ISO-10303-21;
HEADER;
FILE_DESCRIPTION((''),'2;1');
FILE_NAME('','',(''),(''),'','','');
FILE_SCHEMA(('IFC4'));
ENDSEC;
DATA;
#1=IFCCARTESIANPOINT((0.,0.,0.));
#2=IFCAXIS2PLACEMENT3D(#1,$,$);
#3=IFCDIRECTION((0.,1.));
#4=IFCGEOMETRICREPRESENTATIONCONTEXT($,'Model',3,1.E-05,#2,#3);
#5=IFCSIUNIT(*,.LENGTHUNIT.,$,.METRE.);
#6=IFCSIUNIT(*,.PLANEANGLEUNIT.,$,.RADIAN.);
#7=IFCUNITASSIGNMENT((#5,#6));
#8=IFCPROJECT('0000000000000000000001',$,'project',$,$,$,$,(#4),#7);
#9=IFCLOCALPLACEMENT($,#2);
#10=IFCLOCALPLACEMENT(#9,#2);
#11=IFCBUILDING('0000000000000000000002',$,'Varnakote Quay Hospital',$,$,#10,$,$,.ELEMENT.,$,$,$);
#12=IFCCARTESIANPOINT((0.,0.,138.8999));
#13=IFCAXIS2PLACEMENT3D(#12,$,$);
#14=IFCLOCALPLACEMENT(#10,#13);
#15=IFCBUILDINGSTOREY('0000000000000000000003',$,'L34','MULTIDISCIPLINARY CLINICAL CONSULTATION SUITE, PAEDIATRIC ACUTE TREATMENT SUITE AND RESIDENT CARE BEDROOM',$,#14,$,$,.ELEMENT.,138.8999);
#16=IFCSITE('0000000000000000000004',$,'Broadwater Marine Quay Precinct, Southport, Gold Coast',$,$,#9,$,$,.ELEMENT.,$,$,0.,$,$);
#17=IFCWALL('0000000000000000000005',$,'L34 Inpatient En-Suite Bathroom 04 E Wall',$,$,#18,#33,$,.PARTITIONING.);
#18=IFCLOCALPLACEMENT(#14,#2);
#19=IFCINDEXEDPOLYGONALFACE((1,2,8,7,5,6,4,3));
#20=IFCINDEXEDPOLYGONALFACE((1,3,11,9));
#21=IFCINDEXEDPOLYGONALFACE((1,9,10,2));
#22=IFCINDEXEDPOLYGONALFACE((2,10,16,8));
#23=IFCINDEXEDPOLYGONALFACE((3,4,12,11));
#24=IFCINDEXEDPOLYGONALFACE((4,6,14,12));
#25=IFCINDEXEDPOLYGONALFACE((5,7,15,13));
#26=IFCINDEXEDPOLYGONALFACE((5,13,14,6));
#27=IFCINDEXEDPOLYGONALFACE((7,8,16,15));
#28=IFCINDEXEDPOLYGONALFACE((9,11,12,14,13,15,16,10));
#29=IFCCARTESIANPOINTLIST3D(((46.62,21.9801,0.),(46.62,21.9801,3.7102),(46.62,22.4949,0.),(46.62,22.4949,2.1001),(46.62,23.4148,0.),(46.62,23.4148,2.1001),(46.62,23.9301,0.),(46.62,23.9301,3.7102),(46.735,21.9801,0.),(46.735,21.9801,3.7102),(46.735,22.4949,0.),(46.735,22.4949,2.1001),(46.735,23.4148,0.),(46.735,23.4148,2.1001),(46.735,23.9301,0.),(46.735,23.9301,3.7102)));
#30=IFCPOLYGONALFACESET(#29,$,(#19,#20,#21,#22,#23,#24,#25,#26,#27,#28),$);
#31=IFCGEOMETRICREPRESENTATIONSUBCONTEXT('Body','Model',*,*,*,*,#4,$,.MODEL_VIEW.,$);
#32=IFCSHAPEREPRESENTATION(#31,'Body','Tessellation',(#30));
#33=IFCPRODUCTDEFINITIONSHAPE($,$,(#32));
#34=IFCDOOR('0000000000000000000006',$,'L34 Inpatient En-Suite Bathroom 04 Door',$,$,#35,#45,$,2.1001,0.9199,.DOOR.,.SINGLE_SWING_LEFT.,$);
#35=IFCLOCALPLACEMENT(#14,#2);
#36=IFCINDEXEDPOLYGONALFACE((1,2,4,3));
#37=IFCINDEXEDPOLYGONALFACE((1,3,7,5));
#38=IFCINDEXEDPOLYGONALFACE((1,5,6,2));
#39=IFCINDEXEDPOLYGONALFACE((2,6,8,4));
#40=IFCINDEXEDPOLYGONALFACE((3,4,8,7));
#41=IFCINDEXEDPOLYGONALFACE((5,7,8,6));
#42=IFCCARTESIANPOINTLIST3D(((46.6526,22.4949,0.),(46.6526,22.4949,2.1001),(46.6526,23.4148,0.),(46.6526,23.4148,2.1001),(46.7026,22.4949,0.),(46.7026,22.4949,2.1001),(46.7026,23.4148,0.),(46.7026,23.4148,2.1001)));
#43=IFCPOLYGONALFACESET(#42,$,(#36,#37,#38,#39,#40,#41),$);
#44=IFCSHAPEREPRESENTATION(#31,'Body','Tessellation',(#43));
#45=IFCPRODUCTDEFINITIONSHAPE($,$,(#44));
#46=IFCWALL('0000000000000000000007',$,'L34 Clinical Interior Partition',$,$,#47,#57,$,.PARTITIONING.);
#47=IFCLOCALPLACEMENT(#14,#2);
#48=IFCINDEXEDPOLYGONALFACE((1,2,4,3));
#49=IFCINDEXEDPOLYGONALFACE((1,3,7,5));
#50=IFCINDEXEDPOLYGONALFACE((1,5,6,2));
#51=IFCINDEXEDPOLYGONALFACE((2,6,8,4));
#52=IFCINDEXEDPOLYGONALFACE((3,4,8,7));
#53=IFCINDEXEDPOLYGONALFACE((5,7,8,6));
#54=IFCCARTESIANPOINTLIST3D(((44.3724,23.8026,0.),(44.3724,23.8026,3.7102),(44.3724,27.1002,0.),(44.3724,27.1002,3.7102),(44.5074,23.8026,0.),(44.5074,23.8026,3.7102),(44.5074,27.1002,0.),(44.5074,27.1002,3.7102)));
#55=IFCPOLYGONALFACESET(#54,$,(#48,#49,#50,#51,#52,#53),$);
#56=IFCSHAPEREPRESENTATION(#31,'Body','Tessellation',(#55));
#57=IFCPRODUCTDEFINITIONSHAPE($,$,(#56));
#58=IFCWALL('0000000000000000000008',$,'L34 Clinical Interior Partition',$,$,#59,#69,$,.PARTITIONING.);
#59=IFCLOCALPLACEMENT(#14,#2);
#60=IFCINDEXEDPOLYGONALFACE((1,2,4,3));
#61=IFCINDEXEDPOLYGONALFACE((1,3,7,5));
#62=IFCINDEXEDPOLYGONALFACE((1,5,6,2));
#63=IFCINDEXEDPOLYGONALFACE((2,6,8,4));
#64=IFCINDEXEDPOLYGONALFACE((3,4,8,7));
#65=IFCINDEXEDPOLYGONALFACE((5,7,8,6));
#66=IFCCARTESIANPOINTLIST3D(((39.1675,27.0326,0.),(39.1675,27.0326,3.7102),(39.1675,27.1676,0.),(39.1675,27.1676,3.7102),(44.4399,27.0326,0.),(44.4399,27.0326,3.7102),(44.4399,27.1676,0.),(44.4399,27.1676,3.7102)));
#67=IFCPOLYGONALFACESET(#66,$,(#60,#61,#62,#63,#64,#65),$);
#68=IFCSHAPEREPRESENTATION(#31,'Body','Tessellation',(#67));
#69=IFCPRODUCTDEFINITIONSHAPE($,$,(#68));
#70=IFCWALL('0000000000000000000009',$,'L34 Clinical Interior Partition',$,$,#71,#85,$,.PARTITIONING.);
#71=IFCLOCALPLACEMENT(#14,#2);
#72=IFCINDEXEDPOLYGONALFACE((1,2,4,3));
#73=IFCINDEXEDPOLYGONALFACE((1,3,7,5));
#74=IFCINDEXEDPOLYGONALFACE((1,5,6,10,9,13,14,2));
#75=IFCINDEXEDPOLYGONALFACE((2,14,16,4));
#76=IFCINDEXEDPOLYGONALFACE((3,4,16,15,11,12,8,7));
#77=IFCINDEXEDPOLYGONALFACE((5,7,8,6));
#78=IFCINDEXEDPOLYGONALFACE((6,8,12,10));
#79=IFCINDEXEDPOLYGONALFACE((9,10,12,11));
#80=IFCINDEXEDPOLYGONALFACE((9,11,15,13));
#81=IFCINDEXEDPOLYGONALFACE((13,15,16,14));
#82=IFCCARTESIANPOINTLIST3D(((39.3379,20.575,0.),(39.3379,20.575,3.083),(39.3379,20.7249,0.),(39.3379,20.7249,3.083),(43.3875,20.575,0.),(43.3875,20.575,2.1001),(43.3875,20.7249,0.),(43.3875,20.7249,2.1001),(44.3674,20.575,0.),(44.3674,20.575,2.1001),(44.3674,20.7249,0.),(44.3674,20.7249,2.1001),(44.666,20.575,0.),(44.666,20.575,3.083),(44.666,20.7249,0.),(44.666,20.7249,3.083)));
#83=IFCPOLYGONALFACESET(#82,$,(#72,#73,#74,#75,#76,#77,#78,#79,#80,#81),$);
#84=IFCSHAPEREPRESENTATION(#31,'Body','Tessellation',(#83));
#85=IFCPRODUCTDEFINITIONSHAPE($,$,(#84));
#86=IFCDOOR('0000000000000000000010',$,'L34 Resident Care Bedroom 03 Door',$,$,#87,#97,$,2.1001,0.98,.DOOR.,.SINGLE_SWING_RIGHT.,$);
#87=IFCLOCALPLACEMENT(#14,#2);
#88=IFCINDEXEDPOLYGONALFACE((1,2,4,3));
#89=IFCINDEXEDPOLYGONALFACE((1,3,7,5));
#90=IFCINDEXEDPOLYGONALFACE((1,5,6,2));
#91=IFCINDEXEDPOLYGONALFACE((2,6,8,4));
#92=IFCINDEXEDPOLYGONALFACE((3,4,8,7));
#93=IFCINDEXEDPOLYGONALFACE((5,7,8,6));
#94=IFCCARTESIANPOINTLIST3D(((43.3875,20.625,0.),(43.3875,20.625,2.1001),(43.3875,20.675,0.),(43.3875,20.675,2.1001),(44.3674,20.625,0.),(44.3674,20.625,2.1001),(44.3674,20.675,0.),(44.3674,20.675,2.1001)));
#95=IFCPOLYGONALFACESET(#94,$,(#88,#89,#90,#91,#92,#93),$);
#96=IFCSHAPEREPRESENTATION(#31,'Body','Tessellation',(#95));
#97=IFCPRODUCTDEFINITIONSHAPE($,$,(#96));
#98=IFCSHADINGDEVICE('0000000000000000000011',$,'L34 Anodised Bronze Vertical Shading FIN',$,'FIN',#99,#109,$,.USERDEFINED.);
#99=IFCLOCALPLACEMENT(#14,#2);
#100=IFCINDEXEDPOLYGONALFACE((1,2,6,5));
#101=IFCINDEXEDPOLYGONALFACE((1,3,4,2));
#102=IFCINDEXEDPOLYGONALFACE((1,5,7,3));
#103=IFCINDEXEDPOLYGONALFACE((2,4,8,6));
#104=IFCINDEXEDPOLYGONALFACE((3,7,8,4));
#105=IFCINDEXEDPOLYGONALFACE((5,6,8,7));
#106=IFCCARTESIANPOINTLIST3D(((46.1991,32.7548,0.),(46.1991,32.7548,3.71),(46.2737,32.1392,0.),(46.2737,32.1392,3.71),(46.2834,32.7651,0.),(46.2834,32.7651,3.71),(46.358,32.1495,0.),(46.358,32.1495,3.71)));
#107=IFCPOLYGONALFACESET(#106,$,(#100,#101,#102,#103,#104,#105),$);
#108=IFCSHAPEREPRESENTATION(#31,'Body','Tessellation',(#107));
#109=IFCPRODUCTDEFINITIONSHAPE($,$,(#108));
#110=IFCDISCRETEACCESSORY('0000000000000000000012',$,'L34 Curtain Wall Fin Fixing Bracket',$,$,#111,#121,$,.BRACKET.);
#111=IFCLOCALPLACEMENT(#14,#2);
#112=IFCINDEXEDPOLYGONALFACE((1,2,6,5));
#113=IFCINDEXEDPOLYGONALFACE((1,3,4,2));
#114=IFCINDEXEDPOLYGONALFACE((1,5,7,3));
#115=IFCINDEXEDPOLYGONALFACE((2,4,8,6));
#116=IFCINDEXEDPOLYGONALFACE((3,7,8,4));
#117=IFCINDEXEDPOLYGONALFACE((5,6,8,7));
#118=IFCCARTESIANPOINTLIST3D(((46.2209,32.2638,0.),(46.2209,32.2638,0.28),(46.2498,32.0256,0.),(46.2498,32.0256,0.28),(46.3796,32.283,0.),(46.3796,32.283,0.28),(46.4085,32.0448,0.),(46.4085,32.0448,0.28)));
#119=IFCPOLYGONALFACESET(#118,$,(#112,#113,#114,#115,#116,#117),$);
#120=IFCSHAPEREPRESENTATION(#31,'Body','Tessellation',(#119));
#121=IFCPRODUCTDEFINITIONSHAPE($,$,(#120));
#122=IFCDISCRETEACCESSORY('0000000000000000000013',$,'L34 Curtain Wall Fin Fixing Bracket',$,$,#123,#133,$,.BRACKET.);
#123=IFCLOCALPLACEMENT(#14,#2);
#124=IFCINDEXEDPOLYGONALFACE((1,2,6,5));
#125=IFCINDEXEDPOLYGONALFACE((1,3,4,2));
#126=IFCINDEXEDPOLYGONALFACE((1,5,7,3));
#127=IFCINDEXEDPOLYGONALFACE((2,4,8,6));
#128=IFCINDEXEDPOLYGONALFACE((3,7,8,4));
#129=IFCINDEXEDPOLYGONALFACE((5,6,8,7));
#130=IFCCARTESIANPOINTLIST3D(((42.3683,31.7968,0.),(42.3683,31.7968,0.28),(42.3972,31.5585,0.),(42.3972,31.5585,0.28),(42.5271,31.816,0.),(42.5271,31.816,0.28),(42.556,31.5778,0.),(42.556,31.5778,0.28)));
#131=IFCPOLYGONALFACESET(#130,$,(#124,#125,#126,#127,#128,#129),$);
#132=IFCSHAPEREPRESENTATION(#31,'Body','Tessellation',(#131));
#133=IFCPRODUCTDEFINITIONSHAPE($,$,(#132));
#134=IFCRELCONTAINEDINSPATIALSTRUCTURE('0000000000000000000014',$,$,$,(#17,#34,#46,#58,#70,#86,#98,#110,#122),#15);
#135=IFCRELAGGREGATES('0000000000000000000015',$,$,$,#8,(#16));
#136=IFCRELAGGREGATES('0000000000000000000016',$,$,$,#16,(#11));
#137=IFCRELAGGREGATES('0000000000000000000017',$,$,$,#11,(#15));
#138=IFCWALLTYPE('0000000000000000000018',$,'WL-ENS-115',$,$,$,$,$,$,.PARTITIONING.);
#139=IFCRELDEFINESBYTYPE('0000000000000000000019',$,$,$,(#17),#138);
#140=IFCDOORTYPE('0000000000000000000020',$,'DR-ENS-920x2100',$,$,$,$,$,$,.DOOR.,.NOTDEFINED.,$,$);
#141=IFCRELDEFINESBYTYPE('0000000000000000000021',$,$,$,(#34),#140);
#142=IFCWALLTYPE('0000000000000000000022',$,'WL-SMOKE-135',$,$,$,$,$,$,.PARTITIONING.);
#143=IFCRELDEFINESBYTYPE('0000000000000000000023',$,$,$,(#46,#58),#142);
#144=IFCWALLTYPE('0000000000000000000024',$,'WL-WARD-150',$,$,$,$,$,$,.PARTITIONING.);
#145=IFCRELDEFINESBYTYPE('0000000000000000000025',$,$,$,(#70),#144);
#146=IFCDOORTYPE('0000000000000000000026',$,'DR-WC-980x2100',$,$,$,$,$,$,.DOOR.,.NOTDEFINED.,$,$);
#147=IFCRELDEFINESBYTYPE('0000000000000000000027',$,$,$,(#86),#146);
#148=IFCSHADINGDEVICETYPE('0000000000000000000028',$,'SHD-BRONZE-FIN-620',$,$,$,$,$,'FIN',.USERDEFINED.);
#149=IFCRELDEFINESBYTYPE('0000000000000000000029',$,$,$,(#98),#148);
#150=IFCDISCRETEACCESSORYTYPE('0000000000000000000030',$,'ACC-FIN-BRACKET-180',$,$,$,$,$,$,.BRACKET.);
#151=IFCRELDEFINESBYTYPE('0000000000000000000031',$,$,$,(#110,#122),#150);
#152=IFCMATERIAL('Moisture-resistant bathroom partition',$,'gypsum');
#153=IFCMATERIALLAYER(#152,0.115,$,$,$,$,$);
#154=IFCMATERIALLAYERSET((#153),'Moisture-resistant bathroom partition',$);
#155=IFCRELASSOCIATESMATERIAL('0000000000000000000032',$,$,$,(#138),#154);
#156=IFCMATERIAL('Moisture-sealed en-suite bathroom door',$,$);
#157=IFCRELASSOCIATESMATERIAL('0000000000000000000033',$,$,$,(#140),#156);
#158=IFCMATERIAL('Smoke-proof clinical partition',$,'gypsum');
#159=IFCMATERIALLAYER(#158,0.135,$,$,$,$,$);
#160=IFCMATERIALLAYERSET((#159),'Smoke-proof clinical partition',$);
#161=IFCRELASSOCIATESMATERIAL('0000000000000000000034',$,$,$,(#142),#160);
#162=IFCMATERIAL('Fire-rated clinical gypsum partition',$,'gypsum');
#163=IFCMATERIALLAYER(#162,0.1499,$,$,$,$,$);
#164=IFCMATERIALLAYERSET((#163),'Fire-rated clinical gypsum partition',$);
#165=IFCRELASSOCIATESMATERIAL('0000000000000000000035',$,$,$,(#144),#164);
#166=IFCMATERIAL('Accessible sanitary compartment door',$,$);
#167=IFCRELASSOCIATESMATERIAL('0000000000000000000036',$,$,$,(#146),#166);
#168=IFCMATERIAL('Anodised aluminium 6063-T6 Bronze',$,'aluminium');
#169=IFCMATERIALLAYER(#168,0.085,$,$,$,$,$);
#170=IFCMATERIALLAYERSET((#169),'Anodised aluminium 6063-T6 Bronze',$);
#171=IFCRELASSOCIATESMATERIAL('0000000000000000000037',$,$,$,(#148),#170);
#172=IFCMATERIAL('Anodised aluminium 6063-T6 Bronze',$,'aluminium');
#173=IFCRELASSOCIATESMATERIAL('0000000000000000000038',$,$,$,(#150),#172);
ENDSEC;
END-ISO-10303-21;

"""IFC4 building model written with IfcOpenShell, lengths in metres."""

from ifc_helpers import new_model, si_unit, direction, frame, frame_2d, origin, origin_2d, place, context, subcontext, project, spatial, rectangle, extrude, material, layer, layer_set, type_object, element, fill, save


model = new_model("IFC4")

# Units and contexts
model_context = context("Model", 3, precision=1e-05, world=origin(), true_north=direction((0.0, 1.0)))
body_context = subcontext(model_context, "Body", "Model", "MODEL_VIEW")
ifc_project = project(units=[si_unit("LENGTHUNIT", "METRE"), si_unit("PLANEANGLEUNIT", "RADIAN")], contexts=[model_context])

# Site, building, storey
site_placement = place(None, origin())
site = spatial("IfcSite", under=ifc_project, at=site_placement, Name="Broadwater Marine Quay Precinct, Southport, Gold Coast", CompositionType="ELEMENT", RefElevation=0.0)
building_placement = place(site_placement, origin())
building = spatial("IfcBuilding", under=site, at=building_placement, Name="Varnakote Quay Hospital", CompositionType="ELEMENT")
storey_placement = place(building_placement, frame((0.0, 0.0, 138.8999)))
storey = spatial("IfcBuildingStorey", under=building, at=storey_placement, Name="L34", Description="MULTIDISCIPLINARY CLINICAL CONSULTATION SUITE, PAEDIATRIC ACUTE TREATMENT SUITE AND RESIDENT CARE BEDROOM", CompositionType="ELEMENT", Elevation=138.8999)

# Shared definitions
ifc_material_1 = material(Name="Moisture-resistant bathroom partition", Category="gypsum")
ifc_layer_1 = layer(ifc_material_1, 0.115)
ifc_layer_set_1 = layer_set([ifc_layer_1], Name="Moisture-resistant bathroom partition")
wall_type_1 = type_object("IfcWallType", Name="WL-ENS-115", PredefinedType="PARTITIONING", material=ifc_layer_set_1)

# Wall, opening, door
wall_1_placement = place(storey_placement, frame((46.6775, 21.98, 0.0), z_axis=(0.0, 0.0, 1.0), x_axis=(0.0, 1.0, 0.0)))
wall_1 = element("IfcWall", 1, at=wall_1_placement, inside=storey, type_object=wall_type_1, Name="L34 Inpatient En-Suite Bathroom 04 E Wall", PredefinedType="PARTITIONING", context=body_context, shape_type="SweptSolid", body=[
    extrude(rectangle(XDim=1.95, YDim=0.115, at=frame_2d((0.9751, 0.0))), origin(), (0.0, 0.0, 1.0), 3.7102),
])
opening_1_placement = place(wall_1_placement, frame((0.5149, 0.0, 0.0)))
opening_1 = element("IfcOpeningElement", 2, at=opening_1_placement, cuts=wall_1, PredefinedType="OPENING", context=body_context, shape_type="SweptSolid", body=[
    extrude(rectangle(XDim=0.9199, YDim=2.1001, at=frame_2d((0.46, 1.05))), frame((0.0, 0.0674, 0.0), z_axis=(0.0, -1.0, 0.0), x_axis=(1.0, 0.0, 0.0)), (0.0, 0.0, 1.0), 0.135),
])
ifc_material_2 = material(Name="Moisture-sealed en-suite bathroom door")
door_type_1 = type_object("IfcDoorType", Name="DR-ENS-920x2100", OperationType="NOTDEFINED", PredefinedType="DOOR", material=ifc_material_2)
door_1_placement = place(opening_1_placement, origin())
door_1 = element("IfcDoor", 3, at=door_1_placement, inside=storey, type_object=door_type_1, Name="L34 Inpatient En-Suite Bathroom 04 Door", OperationType="SINGLE_SWING_LEFT", OverallHeight=2.1001, OverallWidth=0.9199, PredefinedType="DOOR", context=body_context, shape_type="SweptSolid", body=[
    extrude(rectangle(XDim=0.9199, YDim=2.1001, at=frame_2d((0.46, 1.05))), frame((0.0, 0.0249, 0.0), z_axis=(0.0, -1.0, 0.0), x_axis=(1.0, 0.0, 0.0)), (0.0, 0.0, 1.0), 0.05),
])
fill(opening_1, door_1)

# Walls
ifc_material_3 = material(Name="Smoke-proof clinical partition", Category="gypsum")
ifc_layer_2 = layer(ifc_material_3, 0.135)
ifc_layer_set_2 = layer_set([ifc_layer_2], Name="Smoke-proof clinical partition")
wall_type_2 = type_object("IfcWallType", Name="WL-SMOKE-135", PredefinedType="PARTITIONING", material=ifc_layer_set_2)
wall_2_placement = place(storey_placement, frame((44.4399, 23.8025, 0.0), z_axis=(0.0, 0.0, 1.0), x_axis=(0.0, 1.0, 0.0)))
element("IfcWall", 4, at=wall_2_placement, inside=storey, type_object=wall_type_2, Name="L34 Clinical Interior Partition", PredefinedType="PARTITIONING", context=body_context, shape_type="SweptSolid", body=[
    extrude(rectangle(XDim=3.2976, YDim=0.135, at=frame_2d((1.6489, 0.0))), origin(), (0.0, 0.0, 1.0), 3.7102),
])
wall_3_placement = place(storey_placement, frame((44.4399, 27.1001, 0.0), z_axis=(0.0, 0.0, 1.0), x_axis=(-1.0, 0.0, 0.0)))
element("IfcWall", 5, at=wall_3_placement, inside=storey, type_object=wall_type_2, Name="L34 Clinical Interior Partition", PredefinedType="PARTITIONING", context=body_context, shape_type="SweptSolid", body=[
    extrude(rectangle(XDim=5.2725, YDim=0.135, at=frame_2d((2.6362, 0.0))), origin(), (0.0, 0.0, 1.0), 3.7102),
])

# Wall, opening, door
ifc_material_4 = material(Name="Fire-rated clinical gypsum partition", Category="gypsum")
ifc_layer_3 = layer(ifc_material_4, 0.1499)
ifc_layer_set_3 = layer_set([ifc_layer_3], Name="Fire-rated clinical gypsum partition")
wall_type_3 = type_object("IfcWallType", Name="WL-WARD-150", PredefinedType="PARTITIONING", material=ifc_layer_set_3)
wall_4_placement = place(storey_placement, frame((44.666, 20.6499, 0.0), z_axis=(0.0, 0.0, 1.0), x_axis=(-1.0, 0.0, 0.0)))
wall_4 = element("IfcWall", 6, at=wall_4_placement, inside=storey, type_object=wall_type_3, Name="L34 Clinical Interior Partition", PredefinedType="PARTITIONING", context=body_context, shape_type="SweptSolid", body=[
    extrude(rectangle(XDim=5.3281, YDim=0.1499, at=frame_2d((2.6641, 0.0))), origin(), (0.0, 0.0, 1.0), 3.083),
])
opening_2_placement = place(wall_4_placement, frame((0.2986, 0.0, 0.0)))
opening_2 = element("IfcOpeningElement", 7, at=opening_2_placement, cuts=wall_4, PredefinedType="OPENING", context=body_context, shape_type="SweptSolid", body=[
    extrude(rectangle(XDim=0.98, YDim=2.1001, at=frame_2d((0.49, 1.05))), frame((0.0, 0.085, 0.0), z_axis=(0.0, -1.0, 0.0), x_axis=(1.0, 0.0, 0.0)), (0.0, 0.0, 1.0), 0.1699),
])
ifc_material_5 = material(Name="Accessible sanitary compartment door")
door_type_2 = type_object("IfcDoorType", Name="DR-WC-980x2100", OperationType="NOTDEFINED", PredefinedType="DOOR", material=ifc_material_5)
door_2_placement = place(opening_2_placement, origin())
door_2 = element("IfcDoor", 8, at=door_2_placement, inside=storey, type_object=door_type_2, Name="L34 Resident Care Bedroom 03 Door", OperationType="SINGLE_SWING_RIGHT", OverallHeight=2.1001, OverallWidth=0.98, PredefinedType="DOOR", context=body_context, shape_type="SweptSolid", body=[
    extrude(rectangle(XDim=0.98, YDim=2.1001, at=frame_2d((0.49, 1.05))), frame((0.0, 0.0249, 0.0), z_axis=(0.0, -1.0, 0.0), x_axis=(1.0, 0.0, 0.0)), (0.0, 0.0, 1.0), 0.05),
])
fill(opening_2, door_2)

# Shading device
ifc_material_6 = material(Name="Anodised aluminium 6063-T6 Bronze", Category="aluminium")
ifc_layer_4 = layer(ifc_material_6, 0.085)
ifc_layer_set_4 = layer_set([ifc_layer_4], Name="Anodised aluminium 6063-T6 Bronze")
shading_device_type = type_object("IfcShadingDeviceType", Name="SHD-BRONZE-FIN-620", ElementType="FIN", PredefinedType="USERDEFINED", material=ifc_layer_set_4)
shading_device_placement = place(storey_placement, frame((46.2786, 32.4521, 0.0), z_axis=(0.0, 0.0, 1.0), x_axis=(0.12031, -0.992736, 0.0)))
element("IfcShadingDevice", 9, at=shading_device_placement, inside=storey, type_object=shading_device_type, Name="L34 Anodised Bronze Vertical Shading FIN", ObjectType="FIN", PredefinedType="USERDEFINED", context=body_context, shape_type="SweptSolid", body=[
    extrude(rectangle(XDim=0.6201, YDim=0.085, at=origin_2d()), origin(), (0.0, 0.0, 1.0), 3.71),
])

# Discrete accessories
ifc_material_7 = material(Name="Anodised aluminium 6063-T6 Bronze", Category="aluminium")
discrete_accessory_type = type_object("IfcDiscreteAccessoryType", Name="ACC-FIN-BRACKET-180", PredefinedType="BRACKET", material=ifc_material_7)
for number, where, z_axis, x_axis, name in (
    (10, (46.3147, 32.1543, 0.0), (0.0, 0.0, 1.0), (-0.992736, -0.12031, 0.0), "L34 Curtain Wall Fin Fixing Bracket"),
    (11, (42.4622, 31.6873, 0.0), (0.0, 0.0, 1.0), (-0.992736, -0.12031, 0.0), "L34 Curtain Wall Fin Fixing Bracket"),
):
    element("IfcDiscreteAccessory", number, at=place(storey_placement, frame(where, z_axis=z_axis, x_axis=x_axis)), inside=storey, type_object=discrete_accessory_type, Name=name, PredefinedType="BRACKET", context=body_context, shape_type="SweptSolid", body=[
        extrude(rectangle(XDim=0.1599, YDim=0.24, at=origin_2d()), origin(), (0.0, 0.0, 1.0), 0.28),
    ])

save(model, "model.ifc")
